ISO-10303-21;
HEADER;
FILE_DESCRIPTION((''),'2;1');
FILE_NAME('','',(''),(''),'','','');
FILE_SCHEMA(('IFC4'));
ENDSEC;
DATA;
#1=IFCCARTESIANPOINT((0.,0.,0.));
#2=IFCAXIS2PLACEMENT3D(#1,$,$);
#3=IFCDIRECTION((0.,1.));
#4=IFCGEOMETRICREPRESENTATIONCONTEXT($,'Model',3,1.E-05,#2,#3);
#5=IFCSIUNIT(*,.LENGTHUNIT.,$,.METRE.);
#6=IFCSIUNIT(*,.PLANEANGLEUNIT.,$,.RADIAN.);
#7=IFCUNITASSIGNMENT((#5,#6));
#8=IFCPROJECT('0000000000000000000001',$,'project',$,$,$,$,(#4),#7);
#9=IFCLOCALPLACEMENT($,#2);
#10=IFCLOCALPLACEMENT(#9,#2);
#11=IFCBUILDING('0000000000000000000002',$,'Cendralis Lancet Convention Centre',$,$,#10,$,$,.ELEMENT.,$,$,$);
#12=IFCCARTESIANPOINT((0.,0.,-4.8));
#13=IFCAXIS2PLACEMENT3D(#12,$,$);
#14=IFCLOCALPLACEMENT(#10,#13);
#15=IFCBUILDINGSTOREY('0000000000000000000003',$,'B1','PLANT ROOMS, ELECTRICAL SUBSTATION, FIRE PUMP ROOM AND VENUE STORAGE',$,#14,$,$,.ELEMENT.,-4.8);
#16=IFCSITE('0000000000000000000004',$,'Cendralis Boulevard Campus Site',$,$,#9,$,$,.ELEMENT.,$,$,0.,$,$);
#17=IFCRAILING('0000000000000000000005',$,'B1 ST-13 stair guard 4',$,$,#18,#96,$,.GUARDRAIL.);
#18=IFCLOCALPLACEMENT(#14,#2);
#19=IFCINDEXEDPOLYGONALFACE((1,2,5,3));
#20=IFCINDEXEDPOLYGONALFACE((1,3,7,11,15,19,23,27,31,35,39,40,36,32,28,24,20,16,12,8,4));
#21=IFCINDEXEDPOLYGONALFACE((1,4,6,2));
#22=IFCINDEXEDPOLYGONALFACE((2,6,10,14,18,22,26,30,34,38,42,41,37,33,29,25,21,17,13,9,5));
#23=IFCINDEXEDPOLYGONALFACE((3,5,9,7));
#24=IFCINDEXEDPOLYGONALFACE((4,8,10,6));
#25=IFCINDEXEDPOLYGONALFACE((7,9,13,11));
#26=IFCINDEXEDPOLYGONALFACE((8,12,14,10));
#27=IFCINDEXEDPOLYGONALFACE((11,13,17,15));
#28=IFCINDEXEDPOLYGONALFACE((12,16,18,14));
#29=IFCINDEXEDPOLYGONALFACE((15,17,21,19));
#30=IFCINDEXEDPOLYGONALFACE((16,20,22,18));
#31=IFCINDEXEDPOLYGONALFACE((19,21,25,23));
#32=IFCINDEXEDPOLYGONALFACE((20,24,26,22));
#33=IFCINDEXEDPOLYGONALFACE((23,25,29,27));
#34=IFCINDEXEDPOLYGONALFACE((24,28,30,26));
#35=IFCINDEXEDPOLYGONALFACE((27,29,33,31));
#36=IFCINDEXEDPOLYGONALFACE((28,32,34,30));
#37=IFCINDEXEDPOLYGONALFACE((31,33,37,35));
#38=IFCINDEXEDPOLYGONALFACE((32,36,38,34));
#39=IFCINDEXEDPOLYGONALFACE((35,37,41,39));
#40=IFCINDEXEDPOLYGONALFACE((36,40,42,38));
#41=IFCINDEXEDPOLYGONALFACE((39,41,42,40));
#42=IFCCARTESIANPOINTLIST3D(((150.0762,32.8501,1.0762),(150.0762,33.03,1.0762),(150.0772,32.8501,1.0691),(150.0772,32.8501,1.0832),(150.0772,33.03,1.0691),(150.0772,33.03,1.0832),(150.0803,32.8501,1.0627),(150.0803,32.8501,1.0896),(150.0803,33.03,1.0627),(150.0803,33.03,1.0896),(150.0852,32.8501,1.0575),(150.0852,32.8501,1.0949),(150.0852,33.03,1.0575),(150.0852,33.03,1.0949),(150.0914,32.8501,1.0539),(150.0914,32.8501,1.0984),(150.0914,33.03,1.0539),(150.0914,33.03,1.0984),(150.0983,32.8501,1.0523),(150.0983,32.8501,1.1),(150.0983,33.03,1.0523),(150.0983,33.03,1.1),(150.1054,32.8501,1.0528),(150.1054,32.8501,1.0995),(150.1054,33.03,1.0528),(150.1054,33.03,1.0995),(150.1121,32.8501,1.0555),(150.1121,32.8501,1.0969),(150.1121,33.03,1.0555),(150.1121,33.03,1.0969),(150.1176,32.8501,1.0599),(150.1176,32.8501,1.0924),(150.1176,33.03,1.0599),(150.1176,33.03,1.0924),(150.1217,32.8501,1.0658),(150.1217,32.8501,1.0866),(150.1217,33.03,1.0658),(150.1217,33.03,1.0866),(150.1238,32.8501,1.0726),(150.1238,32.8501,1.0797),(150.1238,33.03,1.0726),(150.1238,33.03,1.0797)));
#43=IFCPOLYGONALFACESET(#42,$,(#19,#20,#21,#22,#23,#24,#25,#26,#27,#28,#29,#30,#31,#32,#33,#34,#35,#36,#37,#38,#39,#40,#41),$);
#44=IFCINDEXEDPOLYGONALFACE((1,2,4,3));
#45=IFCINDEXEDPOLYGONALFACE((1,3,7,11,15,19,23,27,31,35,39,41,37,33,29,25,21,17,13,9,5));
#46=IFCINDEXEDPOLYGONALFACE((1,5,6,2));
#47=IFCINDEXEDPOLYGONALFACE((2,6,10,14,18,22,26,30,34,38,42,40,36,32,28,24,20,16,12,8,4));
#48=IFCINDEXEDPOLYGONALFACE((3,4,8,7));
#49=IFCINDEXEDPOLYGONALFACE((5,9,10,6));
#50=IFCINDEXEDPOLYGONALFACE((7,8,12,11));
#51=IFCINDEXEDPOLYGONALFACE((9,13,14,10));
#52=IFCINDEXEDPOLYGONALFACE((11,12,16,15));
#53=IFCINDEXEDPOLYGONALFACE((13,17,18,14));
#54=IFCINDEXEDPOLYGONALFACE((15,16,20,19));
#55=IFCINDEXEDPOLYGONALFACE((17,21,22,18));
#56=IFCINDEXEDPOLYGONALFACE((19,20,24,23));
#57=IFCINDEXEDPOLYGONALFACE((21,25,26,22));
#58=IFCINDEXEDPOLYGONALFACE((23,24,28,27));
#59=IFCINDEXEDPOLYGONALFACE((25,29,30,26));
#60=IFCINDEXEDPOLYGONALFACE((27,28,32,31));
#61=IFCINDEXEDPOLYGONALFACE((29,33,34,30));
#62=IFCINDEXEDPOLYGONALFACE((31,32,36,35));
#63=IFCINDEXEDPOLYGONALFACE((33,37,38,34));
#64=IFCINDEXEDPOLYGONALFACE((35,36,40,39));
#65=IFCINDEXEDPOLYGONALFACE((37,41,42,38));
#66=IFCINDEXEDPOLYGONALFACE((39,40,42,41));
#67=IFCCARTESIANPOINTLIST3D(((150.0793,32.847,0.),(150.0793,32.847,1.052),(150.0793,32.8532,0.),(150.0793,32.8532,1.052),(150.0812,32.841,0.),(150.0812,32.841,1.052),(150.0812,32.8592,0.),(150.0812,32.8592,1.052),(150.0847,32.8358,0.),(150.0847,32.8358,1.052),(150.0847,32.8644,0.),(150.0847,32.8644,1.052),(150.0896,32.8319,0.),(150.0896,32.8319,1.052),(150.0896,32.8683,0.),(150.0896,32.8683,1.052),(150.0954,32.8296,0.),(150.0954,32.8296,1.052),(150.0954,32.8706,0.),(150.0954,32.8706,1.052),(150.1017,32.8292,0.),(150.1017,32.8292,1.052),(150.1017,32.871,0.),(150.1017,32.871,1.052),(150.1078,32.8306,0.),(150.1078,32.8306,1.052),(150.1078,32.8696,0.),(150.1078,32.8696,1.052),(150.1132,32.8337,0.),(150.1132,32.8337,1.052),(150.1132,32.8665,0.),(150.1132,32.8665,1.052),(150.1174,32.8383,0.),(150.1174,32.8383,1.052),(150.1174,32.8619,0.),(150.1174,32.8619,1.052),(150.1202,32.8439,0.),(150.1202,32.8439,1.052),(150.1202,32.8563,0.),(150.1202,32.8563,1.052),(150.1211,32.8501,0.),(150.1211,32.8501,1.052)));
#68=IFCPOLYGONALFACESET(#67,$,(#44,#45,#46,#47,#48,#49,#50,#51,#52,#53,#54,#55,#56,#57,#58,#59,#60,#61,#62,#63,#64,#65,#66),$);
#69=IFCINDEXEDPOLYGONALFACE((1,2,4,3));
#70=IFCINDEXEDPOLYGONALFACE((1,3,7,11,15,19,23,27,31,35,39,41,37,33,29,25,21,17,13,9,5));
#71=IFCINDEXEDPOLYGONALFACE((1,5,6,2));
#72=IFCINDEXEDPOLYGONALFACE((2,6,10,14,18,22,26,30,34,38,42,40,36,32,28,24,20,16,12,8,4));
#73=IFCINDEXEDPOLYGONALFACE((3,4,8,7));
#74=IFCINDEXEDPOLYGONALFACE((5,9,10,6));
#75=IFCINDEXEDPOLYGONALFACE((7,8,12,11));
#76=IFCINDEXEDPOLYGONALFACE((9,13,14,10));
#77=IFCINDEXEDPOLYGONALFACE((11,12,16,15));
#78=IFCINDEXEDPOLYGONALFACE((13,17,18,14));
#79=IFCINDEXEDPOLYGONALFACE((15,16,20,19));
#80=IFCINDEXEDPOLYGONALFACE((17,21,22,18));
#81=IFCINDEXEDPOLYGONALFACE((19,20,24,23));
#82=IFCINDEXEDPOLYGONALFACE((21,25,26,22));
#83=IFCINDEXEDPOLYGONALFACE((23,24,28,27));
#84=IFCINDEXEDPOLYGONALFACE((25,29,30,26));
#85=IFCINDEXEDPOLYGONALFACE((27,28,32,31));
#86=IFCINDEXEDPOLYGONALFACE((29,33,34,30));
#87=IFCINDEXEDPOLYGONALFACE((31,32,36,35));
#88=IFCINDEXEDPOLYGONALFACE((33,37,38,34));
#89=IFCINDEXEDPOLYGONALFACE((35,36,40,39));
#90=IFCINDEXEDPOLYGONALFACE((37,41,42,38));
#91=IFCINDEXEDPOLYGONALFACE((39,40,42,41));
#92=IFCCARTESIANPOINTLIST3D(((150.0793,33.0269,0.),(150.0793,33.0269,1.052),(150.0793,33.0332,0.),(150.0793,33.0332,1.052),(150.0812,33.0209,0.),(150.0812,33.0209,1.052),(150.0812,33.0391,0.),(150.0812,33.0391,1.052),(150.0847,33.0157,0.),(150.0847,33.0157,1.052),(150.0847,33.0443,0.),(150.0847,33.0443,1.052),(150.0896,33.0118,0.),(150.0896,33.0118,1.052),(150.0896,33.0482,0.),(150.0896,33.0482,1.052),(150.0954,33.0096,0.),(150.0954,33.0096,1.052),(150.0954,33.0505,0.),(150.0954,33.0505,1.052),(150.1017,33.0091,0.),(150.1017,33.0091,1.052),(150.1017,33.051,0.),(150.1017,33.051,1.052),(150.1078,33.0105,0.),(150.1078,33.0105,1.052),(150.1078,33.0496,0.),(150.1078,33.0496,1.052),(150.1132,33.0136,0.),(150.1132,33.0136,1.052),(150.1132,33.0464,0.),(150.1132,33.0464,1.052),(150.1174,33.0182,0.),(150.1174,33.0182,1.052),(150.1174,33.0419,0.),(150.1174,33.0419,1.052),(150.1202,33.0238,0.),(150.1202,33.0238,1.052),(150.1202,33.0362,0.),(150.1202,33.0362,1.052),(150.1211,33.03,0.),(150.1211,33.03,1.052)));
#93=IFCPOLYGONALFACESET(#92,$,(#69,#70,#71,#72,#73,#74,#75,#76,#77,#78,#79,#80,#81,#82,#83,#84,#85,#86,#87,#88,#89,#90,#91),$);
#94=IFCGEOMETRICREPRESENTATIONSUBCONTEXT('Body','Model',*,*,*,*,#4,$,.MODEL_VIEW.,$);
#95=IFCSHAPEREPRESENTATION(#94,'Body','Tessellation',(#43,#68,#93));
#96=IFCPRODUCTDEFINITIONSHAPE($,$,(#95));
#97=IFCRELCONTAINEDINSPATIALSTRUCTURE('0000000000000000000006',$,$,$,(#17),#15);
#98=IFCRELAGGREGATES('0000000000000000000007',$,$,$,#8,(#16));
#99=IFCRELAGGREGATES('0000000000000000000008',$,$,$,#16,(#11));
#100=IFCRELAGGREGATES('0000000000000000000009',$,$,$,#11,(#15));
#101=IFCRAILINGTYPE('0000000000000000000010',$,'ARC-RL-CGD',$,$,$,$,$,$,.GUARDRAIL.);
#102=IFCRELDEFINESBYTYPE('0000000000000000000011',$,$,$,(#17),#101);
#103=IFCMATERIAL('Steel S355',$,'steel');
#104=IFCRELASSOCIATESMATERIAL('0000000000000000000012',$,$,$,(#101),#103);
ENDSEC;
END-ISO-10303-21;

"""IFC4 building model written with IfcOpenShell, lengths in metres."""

from ifc_helpers import new_model, si_unit, direction, frame, origin, origin_2d, place, context, subcontext, project, spatial, circle, extrude, material, type_object, element, save


model = new_model("IFC4")

# Units and contexts
model_context = context("Model", 3, precision=1e-05, world=origin(), true_north=direction((0.0, 1.0)))
body_context = subcontext(model_context, "Body", "Model", "MODEL_VIEW")
ifc_project = project(units=[si_unit("LENGTHUNIT", "METRE"), si_unit("PLANEANGLEUNIT", "RADIAN")], contexts=[model_context])

# Site, building, storey
site_placement = place(None, origin())
site = spatial("IfcSite", under=ifc_project, at=site_placement, Name="Cendralis Boulevard Campus Site", CompositionType="ELEMENT", RefElevation=0.0)
building_placement = place(site_placement, origin())
building = spatial("IfcBuilding", under=site, at=building_placement, Name="Cendralis Lancet Convention Centre", CompositionType="ELEMENT")
storey_placement = place(building_placement, frame((0.0, 0.0, -4.8)))
storey = spatial("IfcBuildingStorey", under=building, at=storey_placement, Name="B1", Description="PLANT ROOMS, ELECTRICAL SUBSTATION, FIRE PUMP ROOM AND VENUE STORAGE", CompositionType="ELEMENT", Elevation=-4.8)

# Shared definitions
ifc_material_1 = material(Name="Steel S355", Category="steel")

# Railing
railing_type_1 = type_object("IfcRailingType", Name="ARC-RL-CGD", PredefinedType="GUARDRAIL", material=ifc_material_1)
railing_1_placement = place(storey_placement, frame((150.1001, 32.8501, 0.0)))
element("IfcRailing", 1, at=railing_1_placement, inside=storey, type_object=railing_type_1, Name="B1 ST-13 stair guard 4", PredefinedType="GUARDRAIL", context=body_context, shape_type="SweptSolid", body=[
    extrude(circle(Radius=0.0239, at=origin_2d()), frame((0.0, 0.0, 1.0762), z_axis=(0.0, 1.0, 0.0), x_axis=(-1.0, 0.0, 0.0)), (0.0, 0.0, 1.0), 0.1799),
    extrude(circle(Radius=0.021, at=origin_2d()), origin(), (0.0, 0.0, 1.0), 1.052),
    extrude(circle(Radius=0.021, at=origin_2d()), frame((0.0, 0.1799, 0.0)), (0.0, 0.0, 1.0), 1.052),
])

save(model, "model.ifc")
